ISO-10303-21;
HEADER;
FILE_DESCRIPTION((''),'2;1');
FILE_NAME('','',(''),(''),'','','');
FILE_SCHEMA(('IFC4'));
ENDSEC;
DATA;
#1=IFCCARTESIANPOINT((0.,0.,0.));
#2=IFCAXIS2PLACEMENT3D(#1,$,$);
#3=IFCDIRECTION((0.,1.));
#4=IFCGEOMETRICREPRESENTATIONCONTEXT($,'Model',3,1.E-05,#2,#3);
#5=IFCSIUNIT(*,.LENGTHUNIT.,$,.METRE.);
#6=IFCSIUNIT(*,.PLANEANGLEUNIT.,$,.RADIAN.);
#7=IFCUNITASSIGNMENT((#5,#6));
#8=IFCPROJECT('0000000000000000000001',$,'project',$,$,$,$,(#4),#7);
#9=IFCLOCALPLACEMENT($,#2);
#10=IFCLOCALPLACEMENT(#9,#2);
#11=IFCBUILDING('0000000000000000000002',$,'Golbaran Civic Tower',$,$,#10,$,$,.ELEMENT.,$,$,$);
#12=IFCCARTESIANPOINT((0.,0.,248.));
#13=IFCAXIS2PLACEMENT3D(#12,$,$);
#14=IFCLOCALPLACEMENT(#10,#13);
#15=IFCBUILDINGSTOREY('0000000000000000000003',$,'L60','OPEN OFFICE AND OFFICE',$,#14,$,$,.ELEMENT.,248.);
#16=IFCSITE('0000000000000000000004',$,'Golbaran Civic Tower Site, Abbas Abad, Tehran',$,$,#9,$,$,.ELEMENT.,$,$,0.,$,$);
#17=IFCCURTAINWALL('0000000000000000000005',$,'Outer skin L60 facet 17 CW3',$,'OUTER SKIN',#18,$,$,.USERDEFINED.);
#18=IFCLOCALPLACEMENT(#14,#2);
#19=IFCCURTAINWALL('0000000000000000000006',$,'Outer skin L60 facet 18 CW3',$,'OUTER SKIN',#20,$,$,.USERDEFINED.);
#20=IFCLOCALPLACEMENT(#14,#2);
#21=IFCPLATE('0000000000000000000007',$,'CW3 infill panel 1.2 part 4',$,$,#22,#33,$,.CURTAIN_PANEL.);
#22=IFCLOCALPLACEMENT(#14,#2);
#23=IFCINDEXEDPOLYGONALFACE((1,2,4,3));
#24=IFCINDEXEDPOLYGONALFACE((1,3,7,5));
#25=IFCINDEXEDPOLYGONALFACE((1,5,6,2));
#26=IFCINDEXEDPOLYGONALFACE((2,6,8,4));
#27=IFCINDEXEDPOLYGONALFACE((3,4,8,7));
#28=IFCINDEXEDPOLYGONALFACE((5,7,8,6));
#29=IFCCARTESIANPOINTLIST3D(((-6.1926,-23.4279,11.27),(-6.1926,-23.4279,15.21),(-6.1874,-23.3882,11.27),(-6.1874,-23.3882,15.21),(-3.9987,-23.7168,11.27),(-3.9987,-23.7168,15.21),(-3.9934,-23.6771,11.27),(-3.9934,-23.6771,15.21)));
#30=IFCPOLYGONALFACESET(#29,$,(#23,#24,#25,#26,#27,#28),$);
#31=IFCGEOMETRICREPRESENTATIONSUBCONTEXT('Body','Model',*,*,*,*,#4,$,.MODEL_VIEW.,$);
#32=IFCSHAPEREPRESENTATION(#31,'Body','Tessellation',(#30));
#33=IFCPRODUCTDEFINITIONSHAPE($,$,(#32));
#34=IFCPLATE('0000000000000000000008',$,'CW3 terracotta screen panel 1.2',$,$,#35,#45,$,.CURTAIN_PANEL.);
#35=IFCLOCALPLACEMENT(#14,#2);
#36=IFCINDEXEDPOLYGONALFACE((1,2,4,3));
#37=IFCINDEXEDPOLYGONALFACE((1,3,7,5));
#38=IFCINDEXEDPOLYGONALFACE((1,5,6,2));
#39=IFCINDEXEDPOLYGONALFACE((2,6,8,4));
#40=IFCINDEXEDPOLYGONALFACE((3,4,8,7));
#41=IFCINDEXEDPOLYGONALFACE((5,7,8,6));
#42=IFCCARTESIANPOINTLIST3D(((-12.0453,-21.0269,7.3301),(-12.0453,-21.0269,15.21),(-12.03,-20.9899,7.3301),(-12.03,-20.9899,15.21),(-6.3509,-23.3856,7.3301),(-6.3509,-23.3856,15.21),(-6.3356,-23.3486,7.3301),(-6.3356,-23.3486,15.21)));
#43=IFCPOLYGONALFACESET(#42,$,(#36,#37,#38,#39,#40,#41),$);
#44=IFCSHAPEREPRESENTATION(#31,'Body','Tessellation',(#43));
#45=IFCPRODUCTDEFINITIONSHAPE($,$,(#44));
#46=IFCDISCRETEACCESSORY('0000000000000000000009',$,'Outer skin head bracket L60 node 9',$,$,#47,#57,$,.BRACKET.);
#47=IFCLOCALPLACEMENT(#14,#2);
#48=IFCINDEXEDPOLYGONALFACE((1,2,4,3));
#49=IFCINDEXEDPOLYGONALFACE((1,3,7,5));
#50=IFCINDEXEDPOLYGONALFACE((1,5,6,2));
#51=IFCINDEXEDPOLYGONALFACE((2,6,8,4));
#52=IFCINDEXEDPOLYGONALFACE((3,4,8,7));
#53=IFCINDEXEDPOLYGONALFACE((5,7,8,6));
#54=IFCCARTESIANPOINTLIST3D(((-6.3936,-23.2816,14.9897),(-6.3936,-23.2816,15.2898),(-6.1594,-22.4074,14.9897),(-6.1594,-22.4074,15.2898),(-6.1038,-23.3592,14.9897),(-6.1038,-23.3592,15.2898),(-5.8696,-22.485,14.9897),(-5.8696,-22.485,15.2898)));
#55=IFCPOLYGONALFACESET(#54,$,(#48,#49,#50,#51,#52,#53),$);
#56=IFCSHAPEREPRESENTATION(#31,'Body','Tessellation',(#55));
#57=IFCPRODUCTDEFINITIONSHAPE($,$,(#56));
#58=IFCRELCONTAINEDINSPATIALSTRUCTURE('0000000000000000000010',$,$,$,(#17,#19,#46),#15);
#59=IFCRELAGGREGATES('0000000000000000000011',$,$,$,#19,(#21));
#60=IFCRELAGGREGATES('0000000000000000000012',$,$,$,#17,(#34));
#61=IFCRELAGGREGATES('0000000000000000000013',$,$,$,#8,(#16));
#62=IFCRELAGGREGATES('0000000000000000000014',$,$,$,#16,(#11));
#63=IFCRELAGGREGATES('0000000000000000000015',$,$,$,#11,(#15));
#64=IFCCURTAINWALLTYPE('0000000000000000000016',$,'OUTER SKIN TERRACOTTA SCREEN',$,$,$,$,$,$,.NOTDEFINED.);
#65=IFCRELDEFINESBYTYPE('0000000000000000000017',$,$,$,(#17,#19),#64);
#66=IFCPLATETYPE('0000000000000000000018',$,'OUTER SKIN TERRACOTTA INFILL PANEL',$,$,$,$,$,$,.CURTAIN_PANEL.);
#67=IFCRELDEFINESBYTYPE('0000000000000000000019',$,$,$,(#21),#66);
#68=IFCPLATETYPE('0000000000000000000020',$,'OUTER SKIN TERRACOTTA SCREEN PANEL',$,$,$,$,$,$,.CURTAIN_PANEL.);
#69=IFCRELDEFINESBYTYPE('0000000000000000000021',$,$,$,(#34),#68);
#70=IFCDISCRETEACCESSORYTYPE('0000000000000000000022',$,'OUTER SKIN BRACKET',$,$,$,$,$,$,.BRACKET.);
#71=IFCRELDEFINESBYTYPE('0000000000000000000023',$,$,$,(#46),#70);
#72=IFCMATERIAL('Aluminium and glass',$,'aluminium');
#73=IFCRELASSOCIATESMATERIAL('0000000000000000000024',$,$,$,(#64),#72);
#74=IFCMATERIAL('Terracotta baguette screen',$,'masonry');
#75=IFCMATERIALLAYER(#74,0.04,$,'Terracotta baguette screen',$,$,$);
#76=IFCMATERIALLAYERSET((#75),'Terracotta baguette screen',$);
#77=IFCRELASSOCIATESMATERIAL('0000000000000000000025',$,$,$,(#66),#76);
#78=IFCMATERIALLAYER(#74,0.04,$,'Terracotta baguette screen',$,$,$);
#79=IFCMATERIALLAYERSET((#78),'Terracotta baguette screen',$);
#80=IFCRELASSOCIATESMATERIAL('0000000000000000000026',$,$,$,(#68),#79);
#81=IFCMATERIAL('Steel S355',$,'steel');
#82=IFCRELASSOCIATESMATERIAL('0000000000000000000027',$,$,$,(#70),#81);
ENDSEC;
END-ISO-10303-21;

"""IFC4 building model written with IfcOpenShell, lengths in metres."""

from ifc_helpers import new_model, si_unit, direction, frame, origin, origin_2d, place, context, subcontext, project, spatial, rectangle, extrude, material, layer, layer_set, type_object, element, aggregate, save


model = new_model("IFC4")

# Units and contexts
model_context = context("Model", 3, precision=1e-05, world=origin(), true_north=direction((0.0, 1.0)))
body_context = subcontext(model_context, "Body", "Model", "MODEL_VIEW")
ifc_project = project(units=[si_unit("LENGTHUNIT", "METRE"), si_unit("PLANEANGLEUNIT", "RADIAN")], contexts=[model_context])

# Site, building, storey
site_placement = place(None, origin())
site = spatial("IfcSite", under=ifc_project, at=site_placement, Name="Golbaran Civic Tower Site, Abbas Abad, Tehran", CompositionType="ELEMENT", RefElevation=0.0)
building_placement = place(site_placement, origin())
building = spatial("IfcBuilding", under=site, at=building_placement, Name="Golbaran Civic Tower", CompositionType="ELEMENT")
storey_placement = place(building_placement, frame((0.0, 0.0, 248.0)))
storey = spatial("IfcBuildingStorey", under=building, at=storey_placement, Name="L60", Description="OPEN OFFICE AND OFFICE", CompositionType="ELEMENT", Elevation=248.0)

# Curtain walls
ifc_material_1 = material(Name="Aluminium and glass", Category="aluminium")
curtain_wall_type_1 = type_object("IfcCurtainWallType", Name="OUTER SKIN TERRACOTTA SCREEN", PredefinedType="NOTDEFINED", material=ifc_material_1)
curtain_wall_1_placement = place(storey_placement, origin())
curtain_wall_1 = element("IfcCurtainWall", 1, at=curtain_wall_1_placement, inside=storey, type_object=curtain_wall_type_1, Name="Outer skin L60 facet 17 CW3", ObjectType="OUTER SKIN", PredefinedType="USERDEFINED")
curtain_wall_2_placement = place(storey_placement, origin())
curtain_wall_2 = element("IfcCurtainWall", 2, at=curtain_wall_2_placement, inside=storey, type_object=curtain_wall_type_1, Name="Outer skin L60 facet 18 CW3", ObjectType="OUTER SKIN", PredefinedType="USERDEFINED")

# Plates
ifc_material_2 = material(Name="Terracotta baguette screen", Category="masonry")
ifc_layer_1 = layer(ifc_material_2, 0.04, Name="Terracotta baguette screen")
ifc_layer_set_1 = layer_set([ifc_layer_1], Name="Terracotta baguette screen")
plate_type_1 = type_object("IfcPlateType", Name="OUTER SKIN TERRACOTTA INFILL PANEL", PredefinedType="CURTAIN_PANEL", material=ifc_layer_set_1)
plate_1_placement = place(storey_placement, frame((-5.093, -23.5525, 11.27), z_axis=(0.0, 0.0, 1.0), x_axis=(0.991445, -0.130526, 0.0)))
plate_1 = element("IfcPlate", 3, at=plate_1_placement, type_object=plate_type_1, Name="CW3 infill panel 1.2 part 4", PredefinedType="CURTAIN_PANEL", context=body_context, shape_type="SweptSolid", body=[
    extrude(rectangle(XDim=2.2129, YDim=0.04, at=origin_2d()), origin(), (0.0, 0.0, 1.0), 3.9399),
])
aggregate(curtain_wall_2, [plate_1])
ifc_layer_2 = layer(ifc_material_2, 0.04, Name="Terracotta baguette screen")
ifc_layer_set_2 = layer_set([ifc_layer_2], Name="Terracotta baguette screen")
plate_type_2 = type_object("IfcPlateType", Name="OUTER SKIN TERRACOTTA SCREEN PANEL", PredefinedType="CURTAIN_PANEL", material=ifc_layer_set_2)
plate_2_placement = place(storey_placement, frame((-9.1904, -22.1877, 7.3301), z_axis=(0.0, 0.0, 1.0), x_axis=(0.92388, -0.382683, 0.0)))
plate_2 = element("IfcPlate", 4, at=plate_2_placement, type_object=plate_type_2, Name="CW3 terracotta screen panel 1.2", PredefinedType="CURTAIN_PANEL", context=body_context, shape_type="SweptSolid", body=[
    extrude(rectangle(XDim=6.1636, YDim=0.04, at=origin_2d()), origin(), (0.0, 0.0, 1.0), 7.8799),
])
aggregate(curtain_wall_1, [plate_2])

# Discrete accessory
ifc_material_3 = material(Name="Steel S355", Category="steel")
discrete_accessory_type = type_object("IfcDiscreteAccessoryType", Name="OUTER SKIN BRACKET", PredefinedType="BRACKET", material=ifc_material_3)
discrete_accessory_placement = place(storey_placement, frame((-6.1316, -22.8833, 14.9897), z_axis=(0.0, 0.0, 1.0), x_axis=(-0.258819, -0.965926, 0.0)))
element("IfcDiscreteAccessory", 5, at=discrete_accessory_placement, inside=storey, type_object=discrete_accessory_type, Name="Outer skin head bracket L60 node 9", PredefinedType="BRACKET", context=body_context, shape_type="SweptSolid", body=[
    extrude(rectangle(XDim=0.905, YDim=0.3, at=origin_2d()), origin(), (0.0, 0.0, 1.0), 0.3),
])

save(model, "model.ifc")
